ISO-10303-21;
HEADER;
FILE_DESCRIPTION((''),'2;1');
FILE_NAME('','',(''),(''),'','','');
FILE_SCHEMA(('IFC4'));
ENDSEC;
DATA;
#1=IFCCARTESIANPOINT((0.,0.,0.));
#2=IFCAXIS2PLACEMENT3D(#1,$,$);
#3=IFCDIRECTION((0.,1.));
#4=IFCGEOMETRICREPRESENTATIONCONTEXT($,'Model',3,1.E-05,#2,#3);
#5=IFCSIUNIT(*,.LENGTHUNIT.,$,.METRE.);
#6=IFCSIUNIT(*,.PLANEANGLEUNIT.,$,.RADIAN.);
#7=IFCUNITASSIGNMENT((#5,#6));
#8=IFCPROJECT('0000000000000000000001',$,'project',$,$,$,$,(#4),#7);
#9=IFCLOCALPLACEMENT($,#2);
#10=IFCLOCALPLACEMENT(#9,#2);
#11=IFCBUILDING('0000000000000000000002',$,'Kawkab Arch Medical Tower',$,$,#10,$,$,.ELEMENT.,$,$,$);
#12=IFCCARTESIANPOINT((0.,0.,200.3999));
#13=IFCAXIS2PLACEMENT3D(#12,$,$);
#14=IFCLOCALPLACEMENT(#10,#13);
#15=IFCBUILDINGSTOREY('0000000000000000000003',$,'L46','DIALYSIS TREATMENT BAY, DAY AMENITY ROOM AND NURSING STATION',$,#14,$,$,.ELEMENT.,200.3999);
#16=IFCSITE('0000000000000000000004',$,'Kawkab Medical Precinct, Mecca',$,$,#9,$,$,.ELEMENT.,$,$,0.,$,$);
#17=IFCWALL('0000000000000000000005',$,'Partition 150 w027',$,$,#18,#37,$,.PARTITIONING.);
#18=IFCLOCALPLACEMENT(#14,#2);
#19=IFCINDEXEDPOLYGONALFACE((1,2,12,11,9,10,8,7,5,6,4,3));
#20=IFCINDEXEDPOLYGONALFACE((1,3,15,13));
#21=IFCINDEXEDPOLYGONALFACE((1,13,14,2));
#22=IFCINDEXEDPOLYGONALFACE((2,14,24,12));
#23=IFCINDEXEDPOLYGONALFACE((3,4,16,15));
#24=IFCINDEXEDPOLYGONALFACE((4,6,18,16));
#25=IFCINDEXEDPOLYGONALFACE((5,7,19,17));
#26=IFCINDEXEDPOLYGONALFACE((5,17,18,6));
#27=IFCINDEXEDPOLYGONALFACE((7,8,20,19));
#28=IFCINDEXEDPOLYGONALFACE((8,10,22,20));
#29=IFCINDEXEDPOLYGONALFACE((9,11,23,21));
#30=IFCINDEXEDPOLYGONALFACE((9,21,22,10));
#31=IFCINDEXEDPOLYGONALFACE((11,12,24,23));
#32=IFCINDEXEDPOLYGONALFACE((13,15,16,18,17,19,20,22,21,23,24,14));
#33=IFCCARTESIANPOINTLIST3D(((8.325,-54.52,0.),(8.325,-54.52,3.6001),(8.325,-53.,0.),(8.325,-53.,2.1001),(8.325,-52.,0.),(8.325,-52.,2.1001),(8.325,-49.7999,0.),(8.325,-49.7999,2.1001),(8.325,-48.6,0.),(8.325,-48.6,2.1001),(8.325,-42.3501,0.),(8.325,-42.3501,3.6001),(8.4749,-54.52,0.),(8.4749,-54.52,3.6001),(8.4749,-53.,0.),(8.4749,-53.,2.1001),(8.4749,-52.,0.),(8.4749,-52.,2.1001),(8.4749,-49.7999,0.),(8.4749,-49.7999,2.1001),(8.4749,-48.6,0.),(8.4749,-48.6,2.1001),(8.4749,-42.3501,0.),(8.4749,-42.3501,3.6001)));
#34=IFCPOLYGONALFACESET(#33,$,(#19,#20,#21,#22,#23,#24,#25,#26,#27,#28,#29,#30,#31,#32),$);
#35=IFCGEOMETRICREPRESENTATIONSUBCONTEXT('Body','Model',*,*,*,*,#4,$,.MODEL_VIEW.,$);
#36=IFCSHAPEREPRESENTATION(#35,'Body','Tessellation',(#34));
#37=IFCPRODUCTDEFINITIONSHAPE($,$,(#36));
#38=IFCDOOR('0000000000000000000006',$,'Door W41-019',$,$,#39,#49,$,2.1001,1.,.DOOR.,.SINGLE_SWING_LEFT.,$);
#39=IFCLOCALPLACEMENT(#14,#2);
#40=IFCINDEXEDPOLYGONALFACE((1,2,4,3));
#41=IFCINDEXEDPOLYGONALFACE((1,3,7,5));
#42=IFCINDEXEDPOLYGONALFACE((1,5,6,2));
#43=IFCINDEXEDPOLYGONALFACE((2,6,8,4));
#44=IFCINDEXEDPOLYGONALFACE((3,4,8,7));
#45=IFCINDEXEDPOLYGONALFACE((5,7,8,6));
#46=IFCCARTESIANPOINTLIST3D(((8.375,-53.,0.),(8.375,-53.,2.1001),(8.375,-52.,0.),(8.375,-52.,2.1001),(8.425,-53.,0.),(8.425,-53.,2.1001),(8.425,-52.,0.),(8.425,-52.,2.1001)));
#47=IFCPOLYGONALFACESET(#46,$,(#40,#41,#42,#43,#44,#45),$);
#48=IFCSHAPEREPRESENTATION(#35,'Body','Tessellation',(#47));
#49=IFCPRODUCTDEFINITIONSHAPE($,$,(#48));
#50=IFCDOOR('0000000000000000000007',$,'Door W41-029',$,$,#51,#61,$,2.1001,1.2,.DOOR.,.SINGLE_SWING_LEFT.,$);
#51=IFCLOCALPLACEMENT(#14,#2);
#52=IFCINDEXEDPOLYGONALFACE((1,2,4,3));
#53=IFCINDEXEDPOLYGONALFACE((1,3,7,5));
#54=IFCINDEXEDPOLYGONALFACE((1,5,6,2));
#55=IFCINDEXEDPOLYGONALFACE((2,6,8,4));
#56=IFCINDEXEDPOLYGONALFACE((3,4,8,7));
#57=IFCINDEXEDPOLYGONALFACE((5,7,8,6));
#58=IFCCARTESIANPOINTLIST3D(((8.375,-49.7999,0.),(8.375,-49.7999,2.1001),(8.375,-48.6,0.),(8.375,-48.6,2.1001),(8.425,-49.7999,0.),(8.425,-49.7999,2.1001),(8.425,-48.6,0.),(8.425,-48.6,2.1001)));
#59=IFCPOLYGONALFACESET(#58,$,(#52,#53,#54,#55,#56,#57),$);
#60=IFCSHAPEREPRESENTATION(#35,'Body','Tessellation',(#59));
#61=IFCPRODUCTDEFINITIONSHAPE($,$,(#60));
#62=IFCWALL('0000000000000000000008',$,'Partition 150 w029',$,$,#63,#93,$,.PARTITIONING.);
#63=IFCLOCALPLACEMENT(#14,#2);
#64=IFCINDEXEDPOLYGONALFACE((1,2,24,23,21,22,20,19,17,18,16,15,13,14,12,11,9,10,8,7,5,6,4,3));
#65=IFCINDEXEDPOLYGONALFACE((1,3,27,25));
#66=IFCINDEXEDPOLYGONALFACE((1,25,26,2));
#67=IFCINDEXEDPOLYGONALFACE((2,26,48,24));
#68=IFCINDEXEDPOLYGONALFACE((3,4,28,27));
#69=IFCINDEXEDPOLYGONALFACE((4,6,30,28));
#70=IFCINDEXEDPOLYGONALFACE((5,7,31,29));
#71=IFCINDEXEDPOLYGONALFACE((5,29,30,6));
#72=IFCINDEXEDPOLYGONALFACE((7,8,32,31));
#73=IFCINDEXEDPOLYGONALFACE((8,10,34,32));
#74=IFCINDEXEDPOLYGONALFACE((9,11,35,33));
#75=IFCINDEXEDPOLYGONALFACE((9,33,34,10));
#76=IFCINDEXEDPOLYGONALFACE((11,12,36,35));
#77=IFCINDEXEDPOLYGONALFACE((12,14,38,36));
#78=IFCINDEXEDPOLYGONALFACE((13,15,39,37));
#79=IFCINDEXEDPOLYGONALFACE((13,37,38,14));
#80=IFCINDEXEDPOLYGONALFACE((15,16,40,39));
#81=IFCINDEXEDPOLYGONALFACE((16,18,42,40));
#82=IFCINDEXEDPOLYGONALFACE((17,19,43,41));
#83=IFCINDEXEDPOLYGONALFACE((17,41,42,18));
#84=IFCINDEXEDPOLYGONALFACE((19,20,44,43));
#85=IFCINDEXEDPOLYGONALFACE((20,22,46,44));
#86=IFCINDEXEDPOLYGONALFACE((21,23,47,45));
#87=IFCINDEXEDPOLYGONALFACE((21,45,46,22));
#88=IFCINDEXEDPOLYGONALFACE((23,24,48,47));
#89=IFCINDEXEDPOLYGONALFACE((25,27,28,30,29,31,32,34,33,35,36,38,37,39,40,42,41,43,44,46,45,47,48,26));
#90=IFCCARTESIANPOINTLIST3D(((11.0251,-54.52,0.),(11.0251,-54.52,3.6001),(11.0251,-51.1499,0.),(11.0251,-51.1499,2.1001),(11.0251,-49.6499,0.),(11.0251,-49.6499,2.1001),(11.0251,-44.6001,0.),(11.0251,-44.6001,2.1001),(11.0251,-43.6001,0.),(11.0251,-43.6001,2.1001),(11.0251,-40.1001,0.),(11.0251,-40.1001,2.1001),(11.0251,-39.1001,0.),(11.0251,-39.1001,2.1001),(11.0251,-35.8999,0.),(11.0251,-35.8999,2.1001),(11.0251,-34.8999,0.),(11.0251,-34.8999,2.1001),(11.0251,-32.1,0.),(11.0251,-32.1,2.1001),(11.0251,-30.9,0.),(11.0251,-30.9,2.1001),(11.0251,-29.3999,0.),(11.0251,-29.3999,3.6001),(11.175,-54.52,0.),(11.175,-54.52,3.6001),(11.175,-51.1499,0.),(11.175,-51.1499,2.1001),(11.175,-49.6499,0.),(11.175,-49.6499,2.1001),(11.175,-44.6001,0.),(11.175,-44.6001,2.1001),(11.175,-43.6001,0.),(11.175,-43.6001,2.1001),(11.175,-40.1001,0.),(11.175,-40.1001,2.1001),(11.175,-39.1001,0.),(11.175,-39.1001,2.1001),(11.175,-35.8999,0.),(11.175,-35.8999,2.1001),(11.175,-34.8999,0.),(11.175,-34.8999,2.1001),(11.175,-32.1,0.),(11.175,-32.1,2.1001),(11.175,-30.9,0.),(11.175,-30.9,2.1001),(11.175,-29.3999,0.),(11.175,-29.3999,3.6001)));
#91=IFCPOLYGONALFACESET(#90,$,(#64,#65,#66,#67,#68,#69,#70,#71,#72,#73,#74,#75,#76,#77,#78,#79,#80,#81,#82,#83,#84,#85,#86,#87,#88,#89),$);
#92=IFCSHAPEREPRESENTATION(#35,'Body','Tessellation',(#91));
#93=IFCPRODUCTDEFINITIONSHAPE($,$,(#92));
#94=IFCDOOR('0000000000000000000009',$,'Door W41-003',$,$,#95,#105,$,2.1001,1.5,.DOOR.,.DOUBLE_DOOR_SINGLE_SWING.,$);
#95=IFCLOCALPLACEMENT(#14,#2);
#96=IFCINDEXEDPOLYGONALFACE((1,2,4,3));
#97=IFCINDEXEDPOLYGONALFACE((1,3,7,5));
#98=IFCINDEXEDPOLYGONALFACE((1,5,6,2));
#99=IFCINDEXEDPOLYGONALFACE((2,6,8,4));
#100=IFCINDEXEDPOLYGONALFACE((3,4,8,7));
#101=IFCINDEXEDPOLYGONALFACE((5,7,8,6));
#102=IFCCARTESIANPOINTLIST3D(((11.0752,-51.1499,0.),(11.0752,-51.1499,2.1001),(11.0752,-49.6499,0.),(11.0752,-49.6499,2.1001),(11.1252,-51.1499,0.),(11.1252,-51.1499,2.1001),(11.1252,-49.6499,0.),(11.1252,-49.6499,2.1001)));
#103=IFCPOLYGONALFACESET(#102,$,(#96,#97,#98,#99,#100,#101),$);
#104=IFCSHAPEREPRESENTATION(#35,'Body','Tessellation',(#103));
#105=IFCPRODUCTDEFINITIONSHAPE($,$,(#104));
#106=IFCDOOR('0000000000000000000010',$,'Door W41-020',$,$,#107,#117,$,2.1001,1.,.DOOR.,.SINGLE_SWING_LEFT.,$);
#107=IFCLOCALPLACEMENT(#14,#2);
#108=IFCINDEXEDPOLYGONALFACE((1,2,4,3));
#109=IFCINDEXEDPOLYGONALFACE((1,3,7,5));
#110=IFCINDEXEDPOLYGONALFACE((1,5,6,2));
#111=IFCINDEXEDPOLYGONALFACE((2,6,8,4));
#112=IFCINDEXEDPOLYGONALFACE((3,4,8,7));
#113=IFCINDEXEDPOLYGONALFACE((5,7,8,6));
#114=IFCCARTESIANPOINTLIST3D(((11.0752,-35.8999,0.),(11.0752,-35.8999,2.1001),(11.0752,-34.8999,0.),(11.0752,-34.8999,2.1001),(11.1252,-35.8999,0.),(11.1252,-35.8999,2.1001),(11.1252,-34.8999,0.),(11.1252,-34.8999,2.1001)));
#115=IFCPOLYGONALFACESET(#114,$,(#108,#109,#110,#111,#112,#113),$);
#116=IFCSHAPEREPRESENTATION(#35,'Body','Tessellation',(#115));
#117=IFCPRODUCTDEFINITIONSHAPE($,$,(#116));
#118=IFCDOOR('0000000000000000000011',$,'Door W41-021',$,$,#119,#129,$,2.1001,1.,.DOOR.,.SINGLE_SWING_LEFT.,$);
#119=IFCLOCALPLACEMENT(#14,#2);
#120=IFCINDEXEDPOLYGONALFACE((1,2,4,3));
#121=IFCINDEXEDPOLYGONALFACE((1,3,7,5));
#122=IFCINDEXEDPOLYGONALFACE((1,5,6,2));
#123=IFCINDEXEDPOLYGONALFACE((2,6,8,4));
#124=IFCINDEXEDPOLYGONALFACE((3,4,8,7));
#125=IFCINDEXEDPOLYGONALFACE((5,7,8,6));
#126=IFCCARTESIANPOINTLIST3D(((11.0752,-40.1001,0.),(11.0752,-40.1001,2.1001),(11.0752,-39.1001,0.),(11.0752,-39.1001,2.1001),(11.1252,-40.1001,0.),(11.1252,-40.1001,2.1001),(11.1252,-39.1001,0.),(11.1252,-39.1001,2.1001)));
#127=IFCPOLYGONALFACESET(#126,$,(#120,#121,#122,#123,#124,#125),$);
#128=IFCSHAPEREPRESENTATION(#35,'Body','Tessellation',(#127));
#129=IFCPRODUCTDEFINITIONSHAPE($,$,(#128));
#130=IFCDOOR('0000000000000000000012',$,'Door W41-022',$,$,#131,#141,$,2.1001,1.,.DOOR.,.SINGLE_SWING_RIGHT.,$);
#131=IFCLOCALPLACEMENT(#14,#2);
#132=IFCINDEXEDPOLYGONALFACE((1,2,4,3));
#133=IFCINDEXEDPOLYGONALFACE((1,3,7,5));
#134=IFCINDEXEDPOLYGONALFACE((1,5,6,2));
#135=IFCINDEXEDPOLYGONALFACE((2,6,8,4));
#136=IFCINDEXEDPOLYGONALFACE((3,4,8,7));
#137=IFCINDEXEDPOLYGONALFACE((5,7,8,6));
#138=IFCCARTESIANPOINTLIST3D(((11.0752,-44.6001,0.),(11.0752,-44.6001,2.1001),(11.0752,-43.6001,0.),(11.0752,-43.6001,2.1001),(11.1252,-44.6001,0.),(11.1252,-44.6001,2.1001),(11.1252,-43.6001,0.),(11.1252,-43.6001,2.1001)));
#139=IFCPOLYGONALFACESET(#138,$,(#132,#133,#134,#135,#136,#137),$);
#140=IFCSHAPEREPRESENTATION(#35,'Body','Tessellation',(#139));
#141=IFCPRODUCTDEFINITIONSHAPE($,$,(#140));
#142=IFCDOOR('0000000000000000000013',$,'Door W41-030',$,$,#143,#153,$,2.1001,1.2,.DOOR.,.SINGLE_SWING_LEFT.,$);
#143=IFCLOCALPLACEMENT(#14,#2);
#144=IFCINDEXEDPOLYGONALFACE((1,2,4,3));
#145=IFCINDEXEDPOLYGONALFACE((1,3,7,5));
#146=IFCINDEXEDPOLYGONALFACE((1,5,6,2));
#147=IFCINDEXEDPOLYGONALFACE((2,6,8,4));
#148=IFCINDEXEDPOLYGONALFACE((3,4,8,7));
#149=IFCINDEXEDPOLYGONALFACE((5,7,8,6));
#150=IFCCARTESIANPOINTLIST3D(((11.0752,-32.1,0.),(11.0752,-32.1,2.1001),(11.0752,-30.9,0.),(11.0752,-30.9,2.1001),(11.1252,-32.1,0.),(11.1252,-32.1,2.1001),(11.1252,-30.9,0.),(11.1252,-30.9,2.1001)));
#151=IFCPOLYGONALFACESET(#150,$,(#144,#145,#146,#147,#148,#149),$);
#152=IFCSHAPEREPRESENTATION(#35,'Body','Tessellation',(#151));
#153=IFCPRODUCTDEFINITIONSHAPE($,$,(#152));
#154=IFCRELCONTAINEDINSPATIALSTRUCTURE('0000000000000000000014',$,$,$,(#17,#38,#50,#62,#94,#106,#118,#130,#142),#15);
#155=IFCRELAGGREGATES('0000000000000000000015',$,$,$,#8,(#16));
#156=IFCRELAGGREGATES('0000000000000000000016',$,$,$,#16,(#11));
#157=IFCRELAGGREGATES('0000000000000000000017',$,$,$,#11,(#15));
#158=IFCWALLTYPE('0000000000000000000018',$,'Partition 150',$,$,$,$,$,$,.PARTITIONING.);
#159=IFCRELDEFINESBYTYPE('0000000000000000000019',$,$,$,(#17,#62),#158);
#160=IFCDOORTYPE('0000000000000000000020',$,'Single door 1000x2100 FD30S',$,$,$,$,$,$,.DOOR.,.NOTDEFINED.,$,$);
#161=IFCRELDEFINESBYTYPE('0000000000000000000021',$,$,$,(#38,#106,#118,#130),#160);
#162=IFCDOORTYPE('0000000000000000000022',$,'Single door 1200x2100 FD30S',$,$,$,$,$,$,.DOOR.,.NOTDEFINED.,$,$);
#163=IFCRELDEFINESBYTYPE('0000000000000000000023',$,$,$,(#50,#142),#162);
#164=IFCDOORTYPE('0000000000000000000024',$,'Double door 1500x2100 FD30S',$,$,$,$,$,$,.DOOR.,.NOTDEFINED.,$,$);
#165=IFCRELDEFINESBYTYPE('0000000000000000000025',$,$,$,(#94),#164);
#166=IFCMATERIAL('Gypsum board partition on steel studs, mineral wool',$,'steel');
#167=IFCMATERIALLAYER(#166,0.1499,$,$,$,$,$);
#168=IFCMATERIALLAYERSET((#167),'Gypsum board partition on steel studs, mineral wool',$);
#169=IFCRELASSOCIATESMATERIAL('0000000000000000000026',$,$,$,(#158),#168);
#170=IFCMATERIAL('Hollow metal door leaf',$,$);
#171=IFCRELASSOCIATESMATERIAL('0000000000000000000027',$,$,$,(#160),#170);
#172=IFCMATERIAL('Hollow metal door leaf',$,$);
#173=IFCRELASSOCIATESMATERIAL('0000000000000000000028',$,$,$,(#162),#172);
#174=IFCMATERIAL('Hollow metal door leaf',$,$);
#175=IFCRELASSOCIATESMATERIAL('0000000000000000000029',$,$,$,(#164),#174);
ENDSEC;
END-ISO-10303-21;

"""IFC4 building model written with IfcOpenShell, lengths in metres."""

from ifc_helpers import new_model, si_unit, direction, frame, frame_2d, origin, place, context, subcontext, project, spatial, rectangle, extrude, material, layer, layer_set, type_object, element, fill, save


model = new_model("IFC4")

# Units and contexts
model_context = context("Model", 3, precision=1e-05, world=origin(), true_north=direction((0.0, 1.0)))
body_context = subcontext(model_context, "Body", "Model", "MODEL_VIEW")
ifc_project = project(units=[si_unit("LENGTHUNIT", "METRE"), si_unit("PLANEANGLEUNIT", "RADIAN")], contexts=[model_context])

# Site, building, storey
site_placement = place(None, origin())
site = spatial("IfcSite", under=ifc_project, at=site_placement, Name="Kawkab Medical Precinct, Mecca", CompositionType="ELEMENT", RefElevation=0.0)
building_placement = place(site_placement, origin())
building = spatial("IfcBuilding", under=site, at=building_placement, Name="Kawkab Arch Medical Tower", CompositionType="ELEMENT")
storey_placement = place(building_placement, frame((0.0, 0.0, 200.3999)))
storey = spatial("IfcBuildingStorey", under=building, at=storey_placement, Name="L46", Description="DIALYSIS TREATMENT BAY, DAY AMENITY ROOM AND NURSING STATION", CompositionType="ELEMENT", Elevation=200.3999)

# Shared definitions
ifc_material_1 = material(Name="Gypsum board partition on steel studs, mineral wool", Category="steel")
ifc_layer_1 = layer(ifc_material_1, 0.1499)
ifc_layer_set_1 = layer_set([ifc_layer_1], Name="Gypsum board partition on steel studs, mineral wool")
wall_type_1 = type_object("IfcWallType", Name="Partition 150", PredefinedType="PARTITIONING", material=ifc_layer_set_1)

# Walls, openings, doors
wall_1_placement = place(storey_placement, frame((8.3999, -54.52, 0.0), z_axis=(0.0, 0.0, 1.0), x_axis=(0.0, 1.0, 0.0)))
wall_1 = element("IfcWall", 1, at=wall_1_placement, inside=storey, type_object=wall_type_1, Name="Partition 150 w027", PredefinedType="PARTITIONING", context=body_context, shape_type="SweptSolid", body=[
    extrude(rectangle(XDim=12.1699, YDim=0.1499, at=frame_2d((6.085, 0.0))), origin(), (0.0, 0.0, 1.0), 3.6001),
])
opening_1_placement = place(wall_1_placement, frame((4.72, 0.0, 0.0)))
opening_1 = element("IfcOpeningElement", 2, at=opening_1_placement, cuts=wall_1, PredefinedType="OPENING", context=body_context, shape_type="SweptSolid", body=[
    extrude(rectangle(XDim=1.2, YDim=2.1001, at=frame_2d((0.6001, 1.05))), frame((0.0, 0.085, 0.0), z_axis=(0.0, -1.0, 0.0), x_axis=(1.0, 0.0, 0.0)), (0.0, 0.0, 1.0), 0.1699),
])
opening_2_placement = place(wall_1_placement, frame((1.52, 0.0, 0.0)))
opening_2 = element("IfcOpeningElement", 3, at=opening_2_placement, cuts=wall_1, PredefinedType="OPENING", context=body_context, shape_type="SweptSolid", body=[
    extrude(rectangle(XDim=1.0, YDim=2.1001, at=frame_2d((0.5, 1.05))), frame((0.0, 0.085, 0.0), z_axis=(0.0, -1.0, 0.0), x_axis=(1.0, 0.0, 0.0)), (0.0, 0.0, 1.0), 0.1699),
])
ifc_material_2 = material(Name="Hollow metal door leaf")
door_type_1 = type_object("IfcDoorType", Name="Single door 1000x2100 FD30S", OperationType="NOTDEFINED", PredefinedType="DOOR", material=ifc_material_2)
door_1_placement = place(opening_2_placement, origin())
door_1 = element("IfcDoor", 4, at=door_1_placement, inside=storey, type_object=door_type_1, Name="Door W41-019", OperationType="SINGLE_SWING_LEFT", OverallHeight=2.1001, OverallWidth=1.0, PredefinedType="DOOR", context=body_context, shape_type="SweptSolid", body=[
    extrude(rectangle(XDim=1.0, YDim=2.1001, at=frame_2d((0.5, 1.05))), frame((0.0, 0.0249, 0.0), z_axis=(0.0, -1.0, 0.0), x_axis=(1.0, 0.0, 0.0)), (0.0, 0.0, 1.0), 0.05),
])
fill(opening_2, door_1)
ifc_material_3 = material(Name="Hollow metal door leaf")
door_type_2 = type_object("IfcDoorType", Name="Single door 1200x2100 FD30S", OperationType="NOTDEFINED", PredefinedType="DOOR", material=ifc_material_3)
door_2_placement = place(opening_1_placement, origin())
door_2 = element("IfcDoor", 5, at=door_2_placement, inside=storey, type_object=door_type_2, Name="Door W41-029", OperationType="SINGLE_SWING_LEFT", OverallHeight=2.1001, OverallWidth=1.2, PredefinedType="DOOR", context=body_context, shape_type="SweptSolid", body=[
    extrude(rectangle(XDim=1.2, YDim=2.1001, at=frame_2d((0.6001, 1.05))), frame((0.0, 0.0249, 0.0), z_axis=(0.0, -1.0, 0.0), x_axis=(1.0, 0.0, 0.0)), (0.0, 0.0, 1.0), 0.05),
])
fill(opening_1, door_2)
wall_2_placement = place(storey_placement, frame((11.1001, -54.52, 0.0), z_axis=(0.0, 0.0, 1.0), x_axis=(0.0, 1.0, 0.0)))
wall_2 = element("IfcWall", 6, at=wall_2_placement, inside=storey, type_object=wall_type_1, Name="Partition 150 w029", PredefinedType="PARTITIONING", context=body_context, shape_type="SweptSolid", body=[
    extrude(rectangle(XDim=25.1201, YDim=0.1499, at=frame_2d((12.5601, 0.0))), origin(), (0.0, 0.0, 1.0), 3.6001),
])
opening_3_placement = place(wall_2_placement, frame((22.4199, 0.0, 0.0)))
opening_3 = element("IfcOpeningElement", 7, at=opening_3_placement, cuts=wall_2, PredefinedType="OPENING", context=body_context, shape_type="SweptSolid", body=[
    extrude(rectangle(XDim=1.2, YDim=2.1001, at=frame_2d((0.6001, 1.05))), frame((0.0, 0.085, 0.0), z_axis=(0.0, -1.0, 0.0), x_axis=(1.0, 0.0, 0.0)), (0.0, 0.0, 1.0), 0.1699),
])
opening_4_placement = place(wall_2_placement, frame((18.6201, 0.0, 0.0)))
opening_4 = element("IfcOpeningElement", 8, at=opening_4_placement, cuts=wall_2, PredefinedType="OPENING", context=body_context, shape_type="SweptSolid", body=[
    extrude(rectangle(XDim=1.0, YDim=2.1001, at=frame_2d((0.5, 1.05))), frame((0.0, 0.085, 0.0), z_axis=(0.0, -1.0, 0.0), x_axis=(1.0, 0.0, 0.0)), (0.0, 0.0, 1.0), 0.1699),
])
opening_5_placement = place(wall_2_placement, frame((14.4199, 0.0, 0.0)))
opening_5 = element("IfcOpeningElement", 9, at=opening_5_placement, cuts=wall_2, PredefinedType="OPENING", context=body_context, shape_type="SweptSolid", body=[
    extrude(rectangle(XDim=1.0, YDim=2.1001, at=frame_2d((0.5, 1.05))), frame((0.0, 0.085, 0.0), z_axis=(0.0, -1.0, 0.0), x_axis=(1.0, 0.0, 0.0)), (0.0, 0.0, 1.0), 0.1699),
])
opening_6_placement = place(wall_2_placement, frame((9.9199, 0.0, 0.0)))
opening_6 = element("IfcOpeningElement", 10, at=opening_6_placement, cuts=wall_2, PredefinedType="OPENING", context=body_context, shape_type="SweptSolid", body=[
    extrude(rectangle(XDim=1.0, YDim=2.1001, at=frame_2d((0.5, 1.05))), frame((0.0, 0.085, 0.0), z_axis=(0.0, -1.0, 0.0), x_axis=(1.0, 0.0, 0.0)), (0.0, 0.0, 1.0), 0.1699),
])
opening_7_placement = place(wall_2_placement, frame((3.3701, 0.0, 0.0)))
opening_7 = element("IfcOpeningElement", 11, at=opening_7_placement, cuts=wall_2, PredefinedType="OPENING", context=body_context, shape_type="SweptSolid", body=[
    extrude(rectangle(XDim=1.5, YDim=2.1001, at=frame_2d((0.75, 1.05))), frame((0.0, 0.085, 0.0), z_axis=(0.0, -1.0, 0.0), x_axis=(1.0, 0.0, 0.0)), (0.0, 0.0, 1.0), 0.1699),
])
ifc_material_4 = material(Name="Hollow metal door leaf")
door_type_3 = type_object("IfcDoorType", Name="Double door 1500x2100 FD30S", OperationType="NOTDEFINED", PredefinedType="DOOR", material=ifc_material_4)
door_3_placement = place(opening_7_placement, origin())
door_3 = element("IfcDoor", 12, at=door_3_placement, inside=storey, type_object=door_type_3, Name="Door W41-003", OperationType="DOUBLE_DOOR_SINGLE_SWING", OverallHeight=2.1001, OverallWidth=1.5, PredefinedType="DOOR", context=body_context, shape_type="SweptSolid", body=[
    extrude(rectangle(XDim=1.5, YDim=2.1001, at=frame_2d((0.75, 1.05))), frame((0.0, 0.0249, 0.0), z_axis=(0.0, -1.0, 0.0), x_axis=(1.0, 0.0, 0.0)), (0.0, 0.0, 1.0), 0.05),
])
fill(opening_7, door_3)
door_4_placement = place(opening_4_placement, origin())
door_4 = element("IfcDoor", 13, at=door_4_placement, inside=storey, type_object=door_type_1, Name="Door W41-020", OperationType="SINGLE_SWING_LEFT", OverallHeight=2.1001, OverallWidth=1.0, PredefinedType="DOOR", context=body_context, shape_type="SweptSolid", body=[
    extrude(rectangle(XDim=1.0, YDim=2.1001, at=frame_2d((0.5, 1.05))), frame((0.0, 0.0249, 0.0), z_axis=(0.0, -1.0, 0.0), x_axis=(1.0, 0.0, 0.0)), (0.0, 0.0, 1.0), 0.05),
])
fill(opening_4, door_4)
door_5_placement = place(opening_5_placement, origin())
door_5 = element("IfcDoor", 14, at=door_5_placement, inside=storey, type_object=door_type_1, Name="Door W41-021", OperationType="SINGLE_SWING_LEFT", OverallHeight=2.1001, OverallWidth=1.0, PredefinedType="DOOR", context=body_context, shape_type="SweptSolid", body=[
    extrude(rectangle(XDim=1.0, YDim=2.1001, at=frame_2d((0.5, 1.05))), frame((0.0, 0.0249, 0.0), z_axis=(0.0, -1.0, 0.0), x_axis=(1.0, 0.0, 0.0)), (0.0, 0.0, 1.0), 0.05),
])
fill(opening_5, door_5)
door_6_placement = place(opening_6_placement, origin())
door_6 = element("IfcDoor", 15, at=door_6_placement, inside=storey, type_object=door_type_1, Name="Door W41-022", OperationType="SINGLE_SWING_RIGHT", OverallHeight=2.1001, OverallWidth=1.0, PredefinedType="DOOR", context=body_context, shape_type="SweptSolid", body=[
    extrude(rectangle(XDim=1.0, YDim=2.1001, at=frame_2d((0.5, 1.05))), frame((0.0, 0.0249, 0.0), z_axis=(0.0, -1.0, 0.0), x_axis=(1.0, 0.0, 0.0)), (0.0, 0.0, 1.0), 0.05),
])
fill(opening_6, door_6)
door_7_placement = place(opening_3_placement, origin())
door_7 = element("IfcDoor", 16, at=door_7_placement, inside=storey, type_object=door_type_2, Name="Door W41-030", OperationType="SINGLE_SWING_LEFT", OverallHeight=2.1001, OverallWidth=1.2, PredefinedType="DOOR", context=body_context, shape_type="SweptSolid", body=[
    extrude(rectangle(XDim=1.2, YDim=2.1001, at=frame_2d((0.6001, 1.05))), frame((0.0, 0.0249, 0.0), z_axis=(0.0, -1.0, 0.0), x_axis=(1.0, 0.0, 0.0)), (0.0, 0.0, 1.0), 0.05),
])
fill(opening_3, door_7)

save(model, "model.ifc")
